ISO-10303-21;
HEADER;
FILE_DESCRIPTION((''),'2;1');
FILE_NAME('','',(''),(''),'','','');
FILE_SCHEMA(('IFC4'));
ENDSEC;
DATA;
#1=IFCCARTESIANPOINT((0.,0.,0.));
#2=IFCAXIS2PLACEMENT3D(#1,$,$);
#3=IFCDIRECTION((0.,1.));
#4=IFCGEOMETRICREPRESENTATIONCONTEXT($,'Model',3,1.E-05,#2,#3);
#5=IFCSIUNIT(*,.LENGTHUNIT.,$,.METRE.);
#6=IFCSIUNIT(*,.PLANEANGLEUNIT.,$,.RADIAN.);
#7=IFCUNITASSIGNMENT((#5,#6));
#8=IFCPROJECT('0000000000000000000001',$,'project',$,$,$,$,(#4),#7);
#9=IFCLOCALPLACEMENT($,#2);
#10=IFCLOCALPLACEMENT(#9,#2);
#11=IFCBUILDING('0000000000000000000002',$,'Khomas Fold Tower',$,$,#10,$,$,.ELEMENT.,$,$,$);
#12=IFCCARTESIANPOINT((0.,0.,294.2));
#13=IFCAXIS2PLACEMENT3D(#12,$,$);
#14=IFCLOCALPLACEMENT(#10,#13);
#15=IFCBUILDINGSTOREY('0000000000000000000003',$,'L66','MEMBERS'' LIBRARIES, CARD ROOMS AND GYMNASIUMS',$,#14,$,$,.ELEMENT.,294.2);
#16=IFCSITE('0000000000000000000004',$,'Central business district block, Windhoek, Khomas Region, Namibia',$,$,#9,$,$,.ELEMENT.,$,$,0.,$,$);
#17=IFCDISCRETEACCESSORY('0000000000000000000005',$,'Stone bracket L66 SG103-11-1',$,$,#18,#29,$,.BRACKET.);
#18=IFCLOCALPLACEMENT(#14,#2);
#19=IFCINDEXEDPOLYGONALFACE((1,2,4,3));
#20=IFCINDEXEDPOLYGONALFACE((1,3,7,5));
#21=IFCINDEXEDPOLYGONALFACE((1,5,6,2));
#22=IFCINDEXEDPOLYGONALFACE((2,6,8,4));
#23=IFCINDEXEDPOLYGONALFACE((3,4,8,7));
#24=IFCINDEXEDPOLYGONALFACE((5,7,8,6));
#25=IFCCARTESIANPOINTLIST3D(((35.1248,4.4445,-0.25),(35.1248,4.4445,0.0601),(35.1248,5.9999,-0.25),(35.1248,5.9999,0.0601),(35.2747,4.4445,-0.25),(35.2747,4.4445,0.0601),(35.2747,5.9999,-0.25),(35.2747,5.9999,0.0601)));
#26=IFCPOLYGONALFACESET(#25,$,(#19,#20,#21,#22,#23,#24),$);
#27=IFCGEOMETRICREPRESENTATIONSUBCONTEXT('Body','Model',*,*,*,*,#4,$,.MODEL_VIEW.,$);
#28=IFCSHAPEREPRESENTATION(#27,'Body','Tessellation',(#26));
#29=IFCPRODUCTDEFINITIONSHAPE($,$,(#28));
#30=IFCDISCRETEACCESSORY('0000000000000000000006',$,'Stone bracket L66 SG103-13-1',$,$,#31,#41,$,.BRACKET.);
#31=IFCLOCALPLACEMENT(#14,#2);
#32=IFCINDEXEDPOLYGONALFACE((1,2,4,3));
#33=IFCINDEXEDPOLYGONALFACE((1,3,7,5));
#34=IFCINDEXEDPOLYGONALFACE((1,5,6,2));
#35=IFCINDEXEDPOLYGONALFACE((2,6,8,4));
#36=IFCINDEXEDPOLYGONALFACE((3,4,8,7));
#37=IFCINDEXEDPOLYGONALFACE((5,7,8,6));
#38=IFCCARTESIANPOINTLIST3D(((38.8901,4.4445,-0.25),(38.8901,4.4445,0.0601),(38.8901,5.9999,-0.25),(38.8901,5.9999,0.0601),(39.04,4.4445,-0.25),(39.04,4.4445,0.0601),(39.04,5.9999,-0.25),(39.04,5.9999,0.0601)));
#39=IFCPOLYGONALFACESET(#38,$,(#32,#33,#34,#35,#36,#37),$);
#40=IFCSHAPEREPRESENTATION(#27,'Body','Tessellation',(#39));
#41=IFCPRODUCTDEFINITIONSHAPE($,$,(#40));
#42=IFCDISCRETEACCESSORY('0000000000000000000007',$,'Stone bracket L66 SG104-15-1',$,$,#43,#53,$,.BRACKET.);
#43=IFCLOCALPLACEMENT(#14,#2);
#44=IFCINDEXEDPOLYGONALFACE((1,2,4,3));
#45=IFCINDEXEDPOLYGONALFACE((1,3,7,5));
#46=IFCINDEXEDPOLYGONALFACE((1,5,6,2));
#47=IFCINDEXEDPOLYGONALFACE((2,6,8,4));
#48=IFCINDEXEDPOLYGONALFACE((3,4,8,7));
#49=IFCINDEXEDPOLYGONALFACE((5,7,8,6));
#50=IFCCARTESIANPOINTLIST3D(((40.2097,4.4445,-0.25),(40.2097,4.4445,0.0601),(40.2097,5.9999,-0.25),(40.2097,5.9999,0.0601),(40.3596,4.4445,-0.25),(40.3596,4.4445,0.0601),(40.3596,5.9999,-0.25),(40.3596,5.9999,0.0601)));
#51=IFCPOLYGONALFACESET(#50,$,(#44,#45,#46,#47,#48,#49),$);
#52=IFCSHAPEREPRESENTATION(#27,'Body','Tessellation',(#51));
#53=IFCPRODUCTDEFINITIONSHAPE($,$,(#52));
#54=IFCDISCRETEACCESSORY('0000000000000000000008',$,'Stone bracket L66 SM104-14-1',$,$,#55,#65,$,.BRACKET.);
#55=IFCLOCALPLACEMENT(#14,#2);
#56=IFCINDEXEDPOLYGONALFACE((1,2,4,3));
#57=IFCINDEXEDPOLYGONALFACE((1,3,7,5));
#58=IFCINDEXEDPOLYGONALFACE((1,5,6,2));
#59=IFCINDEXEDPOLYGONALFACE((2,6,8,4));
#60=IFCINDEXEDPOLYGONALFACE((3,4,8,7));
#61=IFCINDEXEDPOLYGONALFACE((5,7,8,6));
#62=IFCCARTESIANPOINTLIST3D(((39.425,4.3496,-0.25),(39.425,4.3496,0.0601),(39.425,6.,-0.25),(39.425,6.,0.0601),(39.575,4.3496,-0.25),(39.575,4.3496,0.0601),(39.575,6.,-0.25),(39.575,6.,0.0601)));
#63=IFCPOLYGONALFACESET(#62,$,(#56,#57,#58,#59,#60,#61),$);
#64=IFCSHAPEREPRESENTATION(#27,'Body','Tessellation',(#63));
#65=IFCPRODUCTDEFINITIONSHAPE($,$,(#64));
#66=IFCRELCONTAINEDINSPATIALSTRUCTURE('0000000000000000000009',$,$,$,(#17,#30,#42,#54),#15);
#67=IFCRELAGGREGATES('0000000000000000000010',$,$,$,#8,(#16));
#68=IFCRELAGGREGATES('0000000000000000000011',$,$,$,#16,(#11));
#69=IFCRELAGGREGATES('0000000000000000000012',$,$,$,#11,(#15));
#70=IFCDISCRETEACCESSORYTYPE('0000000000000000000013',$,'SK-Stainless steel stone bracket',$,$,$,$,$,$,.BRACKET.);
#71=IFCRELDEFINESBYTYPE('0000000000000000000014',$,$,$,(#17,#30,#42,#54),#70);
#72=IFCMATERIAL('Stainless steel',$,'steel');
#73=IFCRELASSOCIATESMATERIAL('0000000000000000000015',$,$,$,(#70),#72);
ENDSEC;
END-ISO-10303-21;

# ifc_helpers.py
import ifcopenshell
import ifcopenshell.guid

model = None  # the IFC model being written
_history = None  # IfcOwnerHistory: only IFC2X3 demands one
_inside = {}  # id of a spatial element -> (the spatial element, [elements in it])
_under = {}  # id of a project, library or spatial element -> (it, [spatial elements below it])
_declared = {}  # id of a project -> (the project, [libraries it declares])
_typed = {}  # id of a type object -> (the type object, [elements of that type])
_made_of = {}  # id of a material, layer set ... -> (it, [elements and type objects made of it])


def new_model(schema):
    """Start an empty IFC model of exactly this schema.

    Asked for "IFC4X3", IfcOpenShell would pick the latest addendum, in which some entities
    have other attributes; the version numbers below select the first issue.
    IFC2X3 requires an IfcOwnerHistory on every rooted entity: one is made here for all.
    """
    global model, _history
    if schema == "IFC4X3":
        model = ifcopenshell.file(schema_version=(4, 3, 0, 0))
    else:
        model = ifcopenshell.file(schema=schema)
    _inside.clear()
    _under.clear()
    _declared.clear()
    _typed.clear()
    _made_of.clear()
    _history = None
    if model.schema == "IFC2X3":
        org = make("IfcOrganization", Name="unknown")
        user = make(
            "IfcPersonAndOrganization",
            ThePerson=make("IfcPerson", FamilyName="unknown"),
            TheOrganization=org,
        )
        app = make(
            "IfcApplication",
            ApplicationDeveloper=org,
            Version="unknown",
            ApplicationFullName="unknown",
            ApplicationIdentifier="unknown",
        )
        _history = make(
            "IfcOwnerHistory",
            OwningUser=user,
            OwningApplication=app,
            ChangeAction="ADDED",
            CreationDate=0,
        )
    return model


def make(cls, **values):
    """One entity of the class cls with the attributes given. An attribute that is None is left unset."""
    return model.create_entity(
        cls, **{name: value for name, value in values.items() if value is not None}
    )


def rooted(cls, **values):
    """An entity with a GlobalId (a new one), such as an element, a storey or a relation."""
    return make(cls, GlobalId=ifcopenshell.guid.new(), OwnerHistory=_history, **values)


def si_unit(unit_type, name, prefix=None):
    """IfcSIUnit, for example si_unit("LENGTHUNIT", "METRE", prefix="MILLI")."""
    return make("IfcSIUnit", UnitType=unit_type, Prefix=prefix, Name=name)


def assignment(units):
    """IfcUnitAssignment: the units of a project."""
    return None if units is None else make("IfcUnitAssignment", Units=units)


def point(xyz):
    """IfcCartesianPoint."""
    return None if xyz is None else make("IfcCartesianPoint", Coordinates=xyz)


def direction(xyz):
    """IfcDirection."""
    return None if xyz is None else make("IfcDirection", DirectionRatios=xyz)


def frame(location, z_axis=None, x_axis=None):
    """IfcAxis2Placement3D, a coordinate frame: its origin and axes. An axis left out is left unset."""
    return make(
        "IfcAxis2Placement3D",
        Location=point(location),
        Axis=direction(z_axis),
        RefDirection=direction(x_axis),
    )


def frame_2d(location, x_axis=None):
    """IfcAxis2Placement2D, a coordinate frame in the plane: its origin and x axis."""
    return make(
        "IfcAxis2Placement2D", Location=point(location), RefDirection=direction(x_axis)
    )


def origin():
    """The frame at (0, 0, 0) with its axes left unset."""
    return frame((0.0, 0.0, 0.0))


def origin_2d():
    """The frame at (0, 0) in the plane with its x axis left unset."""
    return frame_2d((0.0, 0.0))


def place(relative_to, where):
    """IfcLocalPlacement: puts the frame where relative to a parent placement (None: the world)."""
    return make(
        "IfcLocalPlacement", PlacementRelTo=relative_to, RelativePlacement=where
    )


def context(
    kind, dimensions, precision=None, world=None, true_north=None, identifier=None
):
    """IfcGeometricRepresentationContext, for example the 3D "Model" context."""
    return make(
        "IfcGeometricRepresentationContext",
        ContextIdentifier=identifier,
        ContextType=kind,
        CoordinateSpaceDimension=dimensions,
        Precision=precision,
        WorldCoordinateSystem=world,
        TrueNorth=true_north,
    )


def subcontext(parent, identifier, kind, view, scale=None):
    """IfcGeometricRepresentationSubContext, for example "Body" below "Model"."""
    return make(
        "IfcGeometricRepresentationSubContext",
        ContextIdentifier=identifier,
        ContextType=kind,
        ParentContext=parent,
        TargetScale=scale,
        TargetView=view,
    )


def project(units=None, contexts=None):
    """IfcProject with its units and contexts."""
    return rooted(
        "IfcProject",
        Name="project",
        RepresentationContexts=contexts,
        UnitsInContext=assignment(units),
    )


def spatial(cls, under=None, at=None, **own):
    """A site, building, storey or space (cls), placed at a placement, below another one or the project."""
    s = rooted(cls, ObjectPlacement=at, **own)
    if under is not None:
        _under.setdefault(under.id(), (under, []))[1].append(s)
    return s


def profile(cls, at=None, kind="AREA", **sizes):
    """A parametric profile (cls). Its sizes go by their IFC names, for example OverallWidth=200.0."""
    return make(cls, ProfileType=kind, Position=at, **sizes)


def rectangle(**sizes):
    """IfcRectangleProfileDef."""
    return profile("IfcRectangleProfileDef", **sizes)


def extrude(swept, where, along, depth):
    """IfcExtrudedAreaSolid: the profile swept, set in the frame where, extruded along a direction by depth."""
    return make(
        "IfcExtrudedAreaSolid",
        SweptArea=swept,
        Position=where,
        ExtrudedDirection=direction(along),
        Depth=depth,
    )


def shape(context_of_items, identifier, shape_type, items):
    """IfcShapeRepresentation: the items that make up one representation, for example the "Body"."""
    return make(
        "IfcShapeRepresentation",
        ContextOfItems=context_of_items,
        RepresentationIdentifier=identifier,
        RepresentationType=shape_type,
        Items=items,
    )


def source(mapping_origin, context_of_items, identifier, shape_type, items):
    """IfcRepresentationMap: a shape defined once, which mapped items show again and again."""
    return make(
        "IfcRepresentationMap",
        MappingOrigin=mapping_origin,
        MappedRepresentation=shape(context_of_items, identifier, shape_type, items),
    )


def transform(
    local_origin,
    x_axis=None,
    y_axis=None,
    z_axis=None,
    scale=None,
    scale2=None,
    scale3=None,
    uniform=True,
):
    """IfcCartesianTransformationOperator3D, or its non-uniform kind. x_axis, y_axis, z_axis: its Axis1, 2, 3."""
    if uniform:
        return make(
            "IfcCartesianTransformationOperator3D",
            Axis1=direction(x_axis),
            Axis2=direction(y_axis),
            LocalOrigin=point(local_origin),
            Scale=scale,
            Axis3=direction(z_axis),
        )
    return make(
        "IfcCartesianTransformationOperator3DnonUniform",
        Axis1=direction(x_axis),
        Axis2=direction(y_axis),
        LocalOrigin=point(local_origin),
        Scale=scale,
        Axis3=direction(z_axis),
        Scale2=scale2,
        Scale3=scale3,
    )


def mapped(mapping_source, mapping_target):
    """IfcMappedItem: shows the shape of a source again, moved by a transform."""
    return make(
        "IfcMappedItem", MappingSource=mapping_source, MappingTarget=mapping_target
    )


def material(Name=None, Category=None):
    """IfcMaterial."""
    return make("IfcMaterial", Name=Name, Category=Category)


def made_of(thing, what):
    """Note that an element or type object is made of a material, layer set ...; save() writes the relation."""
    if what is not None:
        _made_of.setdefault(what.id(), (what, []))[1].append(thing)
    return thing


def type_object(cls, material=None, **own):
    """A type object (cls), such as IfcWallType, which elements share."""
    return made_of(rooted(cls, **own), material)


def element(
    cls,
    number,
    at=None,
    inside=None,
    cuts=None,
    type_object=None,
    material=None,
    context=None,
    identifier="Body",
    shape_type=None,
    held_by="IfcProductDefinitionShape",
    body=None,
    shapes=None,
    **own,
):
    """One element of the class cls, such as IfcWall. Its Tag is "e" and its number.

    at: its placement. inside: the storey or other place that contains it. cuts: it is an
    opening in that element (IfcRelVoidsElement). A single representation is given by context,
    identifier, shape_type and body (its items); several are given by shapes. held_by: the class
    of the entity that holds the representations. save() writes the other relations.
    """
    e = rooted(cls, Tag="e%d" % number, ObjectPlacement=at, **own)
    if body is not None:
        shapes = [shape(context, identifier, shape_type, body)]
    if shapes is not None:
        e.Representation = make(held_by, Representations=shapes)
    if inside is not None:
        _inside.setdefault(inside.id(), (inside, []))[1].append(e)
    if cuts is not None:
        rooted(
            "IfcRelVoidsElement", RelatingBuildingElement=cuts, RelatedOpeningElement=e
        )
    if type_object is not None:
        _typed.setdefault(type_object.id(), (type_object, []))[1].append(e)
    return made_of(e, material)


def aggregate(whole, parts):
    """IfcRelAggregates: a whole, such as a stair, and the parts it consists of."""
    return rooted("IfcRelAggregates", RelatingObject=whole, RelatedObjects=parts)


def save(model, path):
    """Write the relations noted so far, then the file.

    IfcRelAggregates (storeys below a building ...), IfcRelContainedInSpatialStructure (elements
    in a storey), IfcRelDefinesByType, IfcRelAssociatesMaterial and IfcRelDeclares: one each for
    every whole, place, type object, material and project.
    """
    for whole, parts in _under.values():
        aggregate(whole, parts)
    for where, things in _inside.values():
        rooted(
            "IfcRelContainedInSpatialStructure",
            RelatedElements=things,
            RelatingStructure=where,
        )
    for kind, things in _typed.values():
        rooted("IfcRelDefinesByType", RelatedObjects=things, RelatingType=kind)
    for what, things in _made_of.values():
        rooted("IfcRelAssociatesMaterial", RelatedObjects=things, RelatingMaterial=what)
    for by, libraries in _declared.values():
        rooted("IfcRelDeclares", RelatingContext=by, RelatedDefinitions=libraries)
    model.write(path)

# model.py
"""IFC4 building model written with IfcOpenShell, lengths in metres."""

from ifc_helpers import new_model, si_unit, direction, frame, origin, origin_2d, place, context, subcontext, project, spatial, rectangle, extrude, source, transform, mapped, material, type_object, element, save


model = new_model("IFC4")

# Units and contexts
model_context = context("Model", 3, precision=1e-05, world=origin(), true_north=direction((0.0, 1.0)))
body_context = subcontext(model_context, "Body", "Model", "MODEL_VIEW")
ifc_project = project(units=[si_unit("LENGTHUNIT", "METRE"), si_unit("PLANEANGLEUNIT", "RADIAN")], contexts=[model_context])

# Site, building, storey
site_placement = place(None, origin())
site = spatial("IfcSite", under=ifc_project, at=site_placement, Name="Central business district block, Windhoek, Khomas Region, Namibia", CompositionType="ELEMENT", RefElevation=0.0)
building_placement = place(site_placement, origin())
building = spatial("IfcBuilding", under=site, at=building_placement, Name="Khomas Fold Tower", CompositionType="ELEMENT")
storey_placement = place(building_placement, frame((0.0, 0.0, 294.2)))
storey = spatial("IfcBuildingStorey", under=building, at=storey_placement, Name="L66", Description="MEMBERS' LIBRARIES, CARD ROOMS AND GYMNASIUMS", CompositionType="ELEMENT", Elevation=294.2)

# Discrete accessories
ifc_material_1 = material(Name="Stainless steel", Category="steel")
discrete_accessory_type = type_object("IfcDiscreteAccessoryType", Name="SK-Stainless steel stone bracket", PredefinedType="BRACKET", material=ifc_material_1)
shared_shape_1 = source(origin(), body_context, "Body", "SweptSolid", [
    extrude(rectangle(XDim=1.5554, YDim=0.1499, at=origin_2d()), origin(), (0.0, 0.0, 1.0), 0.3101),
])
for number, where, z_axis, x_axis, name in (
    (1, (35.1997, 5.2222, -0.25), (0.0, 0.0, 1.0), (0.0, -1.0, 0.0), "Stone bracket L66 SG103-11-1"),
    (2, (38.9651, 5.2222, -0.25), (0.0, 0.0, 1.0), (0.0, -1.0, 0.0), "Stone bracket L66 SG103-13-1"),
    (3, (40.2847, 5.2222, -0.25), (0.0, 0.0, 1.0), (0.0, -1.0, 0.0), "Stone bracket L66 SG104-15-1"),
):
    element("IfcDiscreteAccessory", number, at=place(storey_placement, frame(where, z_axis=z_axis, x_axis=x_axis)), inside=storey, type_object=discrete_accessory_type, Name=name, PredefinedType="BRACKET", context=body_context, shape_type="MappedRepresentation", body=[
        mapped(shared_shape_1, transform((0.0, 0.0, 0.0))),
    ])
shared_shape_2 = source(origin(), body_context, "Body", "SweptSolid", [
    extrude(rectangle(XDim=1.6504, YDim=0.1499, at=origin_2d()), origin(), (0.0, 0.0, 1.0), 0.3101),
])
discrete_accessory_placement = place(storey_placement, frame((39.5, 5.1748, -0.25), z_axis=(0.0, 0.0, 1.0), x_axis=(0.0, -1.0, 0.0)))
element("IfcDiscreteAccessory", 4, at=discrete_accessory_placement, inside=storey, type_object=discrete_accessory_type, Name="Stone bracket L66 SM104-14-1", PredefinedType="BRACKET", context=body_context, shape_type="MappedRepresentation", body=[
    mapped(shared_shape_2, transform((0.0, 0.0, 0.0))),
])

save(model, "model.ifc")
